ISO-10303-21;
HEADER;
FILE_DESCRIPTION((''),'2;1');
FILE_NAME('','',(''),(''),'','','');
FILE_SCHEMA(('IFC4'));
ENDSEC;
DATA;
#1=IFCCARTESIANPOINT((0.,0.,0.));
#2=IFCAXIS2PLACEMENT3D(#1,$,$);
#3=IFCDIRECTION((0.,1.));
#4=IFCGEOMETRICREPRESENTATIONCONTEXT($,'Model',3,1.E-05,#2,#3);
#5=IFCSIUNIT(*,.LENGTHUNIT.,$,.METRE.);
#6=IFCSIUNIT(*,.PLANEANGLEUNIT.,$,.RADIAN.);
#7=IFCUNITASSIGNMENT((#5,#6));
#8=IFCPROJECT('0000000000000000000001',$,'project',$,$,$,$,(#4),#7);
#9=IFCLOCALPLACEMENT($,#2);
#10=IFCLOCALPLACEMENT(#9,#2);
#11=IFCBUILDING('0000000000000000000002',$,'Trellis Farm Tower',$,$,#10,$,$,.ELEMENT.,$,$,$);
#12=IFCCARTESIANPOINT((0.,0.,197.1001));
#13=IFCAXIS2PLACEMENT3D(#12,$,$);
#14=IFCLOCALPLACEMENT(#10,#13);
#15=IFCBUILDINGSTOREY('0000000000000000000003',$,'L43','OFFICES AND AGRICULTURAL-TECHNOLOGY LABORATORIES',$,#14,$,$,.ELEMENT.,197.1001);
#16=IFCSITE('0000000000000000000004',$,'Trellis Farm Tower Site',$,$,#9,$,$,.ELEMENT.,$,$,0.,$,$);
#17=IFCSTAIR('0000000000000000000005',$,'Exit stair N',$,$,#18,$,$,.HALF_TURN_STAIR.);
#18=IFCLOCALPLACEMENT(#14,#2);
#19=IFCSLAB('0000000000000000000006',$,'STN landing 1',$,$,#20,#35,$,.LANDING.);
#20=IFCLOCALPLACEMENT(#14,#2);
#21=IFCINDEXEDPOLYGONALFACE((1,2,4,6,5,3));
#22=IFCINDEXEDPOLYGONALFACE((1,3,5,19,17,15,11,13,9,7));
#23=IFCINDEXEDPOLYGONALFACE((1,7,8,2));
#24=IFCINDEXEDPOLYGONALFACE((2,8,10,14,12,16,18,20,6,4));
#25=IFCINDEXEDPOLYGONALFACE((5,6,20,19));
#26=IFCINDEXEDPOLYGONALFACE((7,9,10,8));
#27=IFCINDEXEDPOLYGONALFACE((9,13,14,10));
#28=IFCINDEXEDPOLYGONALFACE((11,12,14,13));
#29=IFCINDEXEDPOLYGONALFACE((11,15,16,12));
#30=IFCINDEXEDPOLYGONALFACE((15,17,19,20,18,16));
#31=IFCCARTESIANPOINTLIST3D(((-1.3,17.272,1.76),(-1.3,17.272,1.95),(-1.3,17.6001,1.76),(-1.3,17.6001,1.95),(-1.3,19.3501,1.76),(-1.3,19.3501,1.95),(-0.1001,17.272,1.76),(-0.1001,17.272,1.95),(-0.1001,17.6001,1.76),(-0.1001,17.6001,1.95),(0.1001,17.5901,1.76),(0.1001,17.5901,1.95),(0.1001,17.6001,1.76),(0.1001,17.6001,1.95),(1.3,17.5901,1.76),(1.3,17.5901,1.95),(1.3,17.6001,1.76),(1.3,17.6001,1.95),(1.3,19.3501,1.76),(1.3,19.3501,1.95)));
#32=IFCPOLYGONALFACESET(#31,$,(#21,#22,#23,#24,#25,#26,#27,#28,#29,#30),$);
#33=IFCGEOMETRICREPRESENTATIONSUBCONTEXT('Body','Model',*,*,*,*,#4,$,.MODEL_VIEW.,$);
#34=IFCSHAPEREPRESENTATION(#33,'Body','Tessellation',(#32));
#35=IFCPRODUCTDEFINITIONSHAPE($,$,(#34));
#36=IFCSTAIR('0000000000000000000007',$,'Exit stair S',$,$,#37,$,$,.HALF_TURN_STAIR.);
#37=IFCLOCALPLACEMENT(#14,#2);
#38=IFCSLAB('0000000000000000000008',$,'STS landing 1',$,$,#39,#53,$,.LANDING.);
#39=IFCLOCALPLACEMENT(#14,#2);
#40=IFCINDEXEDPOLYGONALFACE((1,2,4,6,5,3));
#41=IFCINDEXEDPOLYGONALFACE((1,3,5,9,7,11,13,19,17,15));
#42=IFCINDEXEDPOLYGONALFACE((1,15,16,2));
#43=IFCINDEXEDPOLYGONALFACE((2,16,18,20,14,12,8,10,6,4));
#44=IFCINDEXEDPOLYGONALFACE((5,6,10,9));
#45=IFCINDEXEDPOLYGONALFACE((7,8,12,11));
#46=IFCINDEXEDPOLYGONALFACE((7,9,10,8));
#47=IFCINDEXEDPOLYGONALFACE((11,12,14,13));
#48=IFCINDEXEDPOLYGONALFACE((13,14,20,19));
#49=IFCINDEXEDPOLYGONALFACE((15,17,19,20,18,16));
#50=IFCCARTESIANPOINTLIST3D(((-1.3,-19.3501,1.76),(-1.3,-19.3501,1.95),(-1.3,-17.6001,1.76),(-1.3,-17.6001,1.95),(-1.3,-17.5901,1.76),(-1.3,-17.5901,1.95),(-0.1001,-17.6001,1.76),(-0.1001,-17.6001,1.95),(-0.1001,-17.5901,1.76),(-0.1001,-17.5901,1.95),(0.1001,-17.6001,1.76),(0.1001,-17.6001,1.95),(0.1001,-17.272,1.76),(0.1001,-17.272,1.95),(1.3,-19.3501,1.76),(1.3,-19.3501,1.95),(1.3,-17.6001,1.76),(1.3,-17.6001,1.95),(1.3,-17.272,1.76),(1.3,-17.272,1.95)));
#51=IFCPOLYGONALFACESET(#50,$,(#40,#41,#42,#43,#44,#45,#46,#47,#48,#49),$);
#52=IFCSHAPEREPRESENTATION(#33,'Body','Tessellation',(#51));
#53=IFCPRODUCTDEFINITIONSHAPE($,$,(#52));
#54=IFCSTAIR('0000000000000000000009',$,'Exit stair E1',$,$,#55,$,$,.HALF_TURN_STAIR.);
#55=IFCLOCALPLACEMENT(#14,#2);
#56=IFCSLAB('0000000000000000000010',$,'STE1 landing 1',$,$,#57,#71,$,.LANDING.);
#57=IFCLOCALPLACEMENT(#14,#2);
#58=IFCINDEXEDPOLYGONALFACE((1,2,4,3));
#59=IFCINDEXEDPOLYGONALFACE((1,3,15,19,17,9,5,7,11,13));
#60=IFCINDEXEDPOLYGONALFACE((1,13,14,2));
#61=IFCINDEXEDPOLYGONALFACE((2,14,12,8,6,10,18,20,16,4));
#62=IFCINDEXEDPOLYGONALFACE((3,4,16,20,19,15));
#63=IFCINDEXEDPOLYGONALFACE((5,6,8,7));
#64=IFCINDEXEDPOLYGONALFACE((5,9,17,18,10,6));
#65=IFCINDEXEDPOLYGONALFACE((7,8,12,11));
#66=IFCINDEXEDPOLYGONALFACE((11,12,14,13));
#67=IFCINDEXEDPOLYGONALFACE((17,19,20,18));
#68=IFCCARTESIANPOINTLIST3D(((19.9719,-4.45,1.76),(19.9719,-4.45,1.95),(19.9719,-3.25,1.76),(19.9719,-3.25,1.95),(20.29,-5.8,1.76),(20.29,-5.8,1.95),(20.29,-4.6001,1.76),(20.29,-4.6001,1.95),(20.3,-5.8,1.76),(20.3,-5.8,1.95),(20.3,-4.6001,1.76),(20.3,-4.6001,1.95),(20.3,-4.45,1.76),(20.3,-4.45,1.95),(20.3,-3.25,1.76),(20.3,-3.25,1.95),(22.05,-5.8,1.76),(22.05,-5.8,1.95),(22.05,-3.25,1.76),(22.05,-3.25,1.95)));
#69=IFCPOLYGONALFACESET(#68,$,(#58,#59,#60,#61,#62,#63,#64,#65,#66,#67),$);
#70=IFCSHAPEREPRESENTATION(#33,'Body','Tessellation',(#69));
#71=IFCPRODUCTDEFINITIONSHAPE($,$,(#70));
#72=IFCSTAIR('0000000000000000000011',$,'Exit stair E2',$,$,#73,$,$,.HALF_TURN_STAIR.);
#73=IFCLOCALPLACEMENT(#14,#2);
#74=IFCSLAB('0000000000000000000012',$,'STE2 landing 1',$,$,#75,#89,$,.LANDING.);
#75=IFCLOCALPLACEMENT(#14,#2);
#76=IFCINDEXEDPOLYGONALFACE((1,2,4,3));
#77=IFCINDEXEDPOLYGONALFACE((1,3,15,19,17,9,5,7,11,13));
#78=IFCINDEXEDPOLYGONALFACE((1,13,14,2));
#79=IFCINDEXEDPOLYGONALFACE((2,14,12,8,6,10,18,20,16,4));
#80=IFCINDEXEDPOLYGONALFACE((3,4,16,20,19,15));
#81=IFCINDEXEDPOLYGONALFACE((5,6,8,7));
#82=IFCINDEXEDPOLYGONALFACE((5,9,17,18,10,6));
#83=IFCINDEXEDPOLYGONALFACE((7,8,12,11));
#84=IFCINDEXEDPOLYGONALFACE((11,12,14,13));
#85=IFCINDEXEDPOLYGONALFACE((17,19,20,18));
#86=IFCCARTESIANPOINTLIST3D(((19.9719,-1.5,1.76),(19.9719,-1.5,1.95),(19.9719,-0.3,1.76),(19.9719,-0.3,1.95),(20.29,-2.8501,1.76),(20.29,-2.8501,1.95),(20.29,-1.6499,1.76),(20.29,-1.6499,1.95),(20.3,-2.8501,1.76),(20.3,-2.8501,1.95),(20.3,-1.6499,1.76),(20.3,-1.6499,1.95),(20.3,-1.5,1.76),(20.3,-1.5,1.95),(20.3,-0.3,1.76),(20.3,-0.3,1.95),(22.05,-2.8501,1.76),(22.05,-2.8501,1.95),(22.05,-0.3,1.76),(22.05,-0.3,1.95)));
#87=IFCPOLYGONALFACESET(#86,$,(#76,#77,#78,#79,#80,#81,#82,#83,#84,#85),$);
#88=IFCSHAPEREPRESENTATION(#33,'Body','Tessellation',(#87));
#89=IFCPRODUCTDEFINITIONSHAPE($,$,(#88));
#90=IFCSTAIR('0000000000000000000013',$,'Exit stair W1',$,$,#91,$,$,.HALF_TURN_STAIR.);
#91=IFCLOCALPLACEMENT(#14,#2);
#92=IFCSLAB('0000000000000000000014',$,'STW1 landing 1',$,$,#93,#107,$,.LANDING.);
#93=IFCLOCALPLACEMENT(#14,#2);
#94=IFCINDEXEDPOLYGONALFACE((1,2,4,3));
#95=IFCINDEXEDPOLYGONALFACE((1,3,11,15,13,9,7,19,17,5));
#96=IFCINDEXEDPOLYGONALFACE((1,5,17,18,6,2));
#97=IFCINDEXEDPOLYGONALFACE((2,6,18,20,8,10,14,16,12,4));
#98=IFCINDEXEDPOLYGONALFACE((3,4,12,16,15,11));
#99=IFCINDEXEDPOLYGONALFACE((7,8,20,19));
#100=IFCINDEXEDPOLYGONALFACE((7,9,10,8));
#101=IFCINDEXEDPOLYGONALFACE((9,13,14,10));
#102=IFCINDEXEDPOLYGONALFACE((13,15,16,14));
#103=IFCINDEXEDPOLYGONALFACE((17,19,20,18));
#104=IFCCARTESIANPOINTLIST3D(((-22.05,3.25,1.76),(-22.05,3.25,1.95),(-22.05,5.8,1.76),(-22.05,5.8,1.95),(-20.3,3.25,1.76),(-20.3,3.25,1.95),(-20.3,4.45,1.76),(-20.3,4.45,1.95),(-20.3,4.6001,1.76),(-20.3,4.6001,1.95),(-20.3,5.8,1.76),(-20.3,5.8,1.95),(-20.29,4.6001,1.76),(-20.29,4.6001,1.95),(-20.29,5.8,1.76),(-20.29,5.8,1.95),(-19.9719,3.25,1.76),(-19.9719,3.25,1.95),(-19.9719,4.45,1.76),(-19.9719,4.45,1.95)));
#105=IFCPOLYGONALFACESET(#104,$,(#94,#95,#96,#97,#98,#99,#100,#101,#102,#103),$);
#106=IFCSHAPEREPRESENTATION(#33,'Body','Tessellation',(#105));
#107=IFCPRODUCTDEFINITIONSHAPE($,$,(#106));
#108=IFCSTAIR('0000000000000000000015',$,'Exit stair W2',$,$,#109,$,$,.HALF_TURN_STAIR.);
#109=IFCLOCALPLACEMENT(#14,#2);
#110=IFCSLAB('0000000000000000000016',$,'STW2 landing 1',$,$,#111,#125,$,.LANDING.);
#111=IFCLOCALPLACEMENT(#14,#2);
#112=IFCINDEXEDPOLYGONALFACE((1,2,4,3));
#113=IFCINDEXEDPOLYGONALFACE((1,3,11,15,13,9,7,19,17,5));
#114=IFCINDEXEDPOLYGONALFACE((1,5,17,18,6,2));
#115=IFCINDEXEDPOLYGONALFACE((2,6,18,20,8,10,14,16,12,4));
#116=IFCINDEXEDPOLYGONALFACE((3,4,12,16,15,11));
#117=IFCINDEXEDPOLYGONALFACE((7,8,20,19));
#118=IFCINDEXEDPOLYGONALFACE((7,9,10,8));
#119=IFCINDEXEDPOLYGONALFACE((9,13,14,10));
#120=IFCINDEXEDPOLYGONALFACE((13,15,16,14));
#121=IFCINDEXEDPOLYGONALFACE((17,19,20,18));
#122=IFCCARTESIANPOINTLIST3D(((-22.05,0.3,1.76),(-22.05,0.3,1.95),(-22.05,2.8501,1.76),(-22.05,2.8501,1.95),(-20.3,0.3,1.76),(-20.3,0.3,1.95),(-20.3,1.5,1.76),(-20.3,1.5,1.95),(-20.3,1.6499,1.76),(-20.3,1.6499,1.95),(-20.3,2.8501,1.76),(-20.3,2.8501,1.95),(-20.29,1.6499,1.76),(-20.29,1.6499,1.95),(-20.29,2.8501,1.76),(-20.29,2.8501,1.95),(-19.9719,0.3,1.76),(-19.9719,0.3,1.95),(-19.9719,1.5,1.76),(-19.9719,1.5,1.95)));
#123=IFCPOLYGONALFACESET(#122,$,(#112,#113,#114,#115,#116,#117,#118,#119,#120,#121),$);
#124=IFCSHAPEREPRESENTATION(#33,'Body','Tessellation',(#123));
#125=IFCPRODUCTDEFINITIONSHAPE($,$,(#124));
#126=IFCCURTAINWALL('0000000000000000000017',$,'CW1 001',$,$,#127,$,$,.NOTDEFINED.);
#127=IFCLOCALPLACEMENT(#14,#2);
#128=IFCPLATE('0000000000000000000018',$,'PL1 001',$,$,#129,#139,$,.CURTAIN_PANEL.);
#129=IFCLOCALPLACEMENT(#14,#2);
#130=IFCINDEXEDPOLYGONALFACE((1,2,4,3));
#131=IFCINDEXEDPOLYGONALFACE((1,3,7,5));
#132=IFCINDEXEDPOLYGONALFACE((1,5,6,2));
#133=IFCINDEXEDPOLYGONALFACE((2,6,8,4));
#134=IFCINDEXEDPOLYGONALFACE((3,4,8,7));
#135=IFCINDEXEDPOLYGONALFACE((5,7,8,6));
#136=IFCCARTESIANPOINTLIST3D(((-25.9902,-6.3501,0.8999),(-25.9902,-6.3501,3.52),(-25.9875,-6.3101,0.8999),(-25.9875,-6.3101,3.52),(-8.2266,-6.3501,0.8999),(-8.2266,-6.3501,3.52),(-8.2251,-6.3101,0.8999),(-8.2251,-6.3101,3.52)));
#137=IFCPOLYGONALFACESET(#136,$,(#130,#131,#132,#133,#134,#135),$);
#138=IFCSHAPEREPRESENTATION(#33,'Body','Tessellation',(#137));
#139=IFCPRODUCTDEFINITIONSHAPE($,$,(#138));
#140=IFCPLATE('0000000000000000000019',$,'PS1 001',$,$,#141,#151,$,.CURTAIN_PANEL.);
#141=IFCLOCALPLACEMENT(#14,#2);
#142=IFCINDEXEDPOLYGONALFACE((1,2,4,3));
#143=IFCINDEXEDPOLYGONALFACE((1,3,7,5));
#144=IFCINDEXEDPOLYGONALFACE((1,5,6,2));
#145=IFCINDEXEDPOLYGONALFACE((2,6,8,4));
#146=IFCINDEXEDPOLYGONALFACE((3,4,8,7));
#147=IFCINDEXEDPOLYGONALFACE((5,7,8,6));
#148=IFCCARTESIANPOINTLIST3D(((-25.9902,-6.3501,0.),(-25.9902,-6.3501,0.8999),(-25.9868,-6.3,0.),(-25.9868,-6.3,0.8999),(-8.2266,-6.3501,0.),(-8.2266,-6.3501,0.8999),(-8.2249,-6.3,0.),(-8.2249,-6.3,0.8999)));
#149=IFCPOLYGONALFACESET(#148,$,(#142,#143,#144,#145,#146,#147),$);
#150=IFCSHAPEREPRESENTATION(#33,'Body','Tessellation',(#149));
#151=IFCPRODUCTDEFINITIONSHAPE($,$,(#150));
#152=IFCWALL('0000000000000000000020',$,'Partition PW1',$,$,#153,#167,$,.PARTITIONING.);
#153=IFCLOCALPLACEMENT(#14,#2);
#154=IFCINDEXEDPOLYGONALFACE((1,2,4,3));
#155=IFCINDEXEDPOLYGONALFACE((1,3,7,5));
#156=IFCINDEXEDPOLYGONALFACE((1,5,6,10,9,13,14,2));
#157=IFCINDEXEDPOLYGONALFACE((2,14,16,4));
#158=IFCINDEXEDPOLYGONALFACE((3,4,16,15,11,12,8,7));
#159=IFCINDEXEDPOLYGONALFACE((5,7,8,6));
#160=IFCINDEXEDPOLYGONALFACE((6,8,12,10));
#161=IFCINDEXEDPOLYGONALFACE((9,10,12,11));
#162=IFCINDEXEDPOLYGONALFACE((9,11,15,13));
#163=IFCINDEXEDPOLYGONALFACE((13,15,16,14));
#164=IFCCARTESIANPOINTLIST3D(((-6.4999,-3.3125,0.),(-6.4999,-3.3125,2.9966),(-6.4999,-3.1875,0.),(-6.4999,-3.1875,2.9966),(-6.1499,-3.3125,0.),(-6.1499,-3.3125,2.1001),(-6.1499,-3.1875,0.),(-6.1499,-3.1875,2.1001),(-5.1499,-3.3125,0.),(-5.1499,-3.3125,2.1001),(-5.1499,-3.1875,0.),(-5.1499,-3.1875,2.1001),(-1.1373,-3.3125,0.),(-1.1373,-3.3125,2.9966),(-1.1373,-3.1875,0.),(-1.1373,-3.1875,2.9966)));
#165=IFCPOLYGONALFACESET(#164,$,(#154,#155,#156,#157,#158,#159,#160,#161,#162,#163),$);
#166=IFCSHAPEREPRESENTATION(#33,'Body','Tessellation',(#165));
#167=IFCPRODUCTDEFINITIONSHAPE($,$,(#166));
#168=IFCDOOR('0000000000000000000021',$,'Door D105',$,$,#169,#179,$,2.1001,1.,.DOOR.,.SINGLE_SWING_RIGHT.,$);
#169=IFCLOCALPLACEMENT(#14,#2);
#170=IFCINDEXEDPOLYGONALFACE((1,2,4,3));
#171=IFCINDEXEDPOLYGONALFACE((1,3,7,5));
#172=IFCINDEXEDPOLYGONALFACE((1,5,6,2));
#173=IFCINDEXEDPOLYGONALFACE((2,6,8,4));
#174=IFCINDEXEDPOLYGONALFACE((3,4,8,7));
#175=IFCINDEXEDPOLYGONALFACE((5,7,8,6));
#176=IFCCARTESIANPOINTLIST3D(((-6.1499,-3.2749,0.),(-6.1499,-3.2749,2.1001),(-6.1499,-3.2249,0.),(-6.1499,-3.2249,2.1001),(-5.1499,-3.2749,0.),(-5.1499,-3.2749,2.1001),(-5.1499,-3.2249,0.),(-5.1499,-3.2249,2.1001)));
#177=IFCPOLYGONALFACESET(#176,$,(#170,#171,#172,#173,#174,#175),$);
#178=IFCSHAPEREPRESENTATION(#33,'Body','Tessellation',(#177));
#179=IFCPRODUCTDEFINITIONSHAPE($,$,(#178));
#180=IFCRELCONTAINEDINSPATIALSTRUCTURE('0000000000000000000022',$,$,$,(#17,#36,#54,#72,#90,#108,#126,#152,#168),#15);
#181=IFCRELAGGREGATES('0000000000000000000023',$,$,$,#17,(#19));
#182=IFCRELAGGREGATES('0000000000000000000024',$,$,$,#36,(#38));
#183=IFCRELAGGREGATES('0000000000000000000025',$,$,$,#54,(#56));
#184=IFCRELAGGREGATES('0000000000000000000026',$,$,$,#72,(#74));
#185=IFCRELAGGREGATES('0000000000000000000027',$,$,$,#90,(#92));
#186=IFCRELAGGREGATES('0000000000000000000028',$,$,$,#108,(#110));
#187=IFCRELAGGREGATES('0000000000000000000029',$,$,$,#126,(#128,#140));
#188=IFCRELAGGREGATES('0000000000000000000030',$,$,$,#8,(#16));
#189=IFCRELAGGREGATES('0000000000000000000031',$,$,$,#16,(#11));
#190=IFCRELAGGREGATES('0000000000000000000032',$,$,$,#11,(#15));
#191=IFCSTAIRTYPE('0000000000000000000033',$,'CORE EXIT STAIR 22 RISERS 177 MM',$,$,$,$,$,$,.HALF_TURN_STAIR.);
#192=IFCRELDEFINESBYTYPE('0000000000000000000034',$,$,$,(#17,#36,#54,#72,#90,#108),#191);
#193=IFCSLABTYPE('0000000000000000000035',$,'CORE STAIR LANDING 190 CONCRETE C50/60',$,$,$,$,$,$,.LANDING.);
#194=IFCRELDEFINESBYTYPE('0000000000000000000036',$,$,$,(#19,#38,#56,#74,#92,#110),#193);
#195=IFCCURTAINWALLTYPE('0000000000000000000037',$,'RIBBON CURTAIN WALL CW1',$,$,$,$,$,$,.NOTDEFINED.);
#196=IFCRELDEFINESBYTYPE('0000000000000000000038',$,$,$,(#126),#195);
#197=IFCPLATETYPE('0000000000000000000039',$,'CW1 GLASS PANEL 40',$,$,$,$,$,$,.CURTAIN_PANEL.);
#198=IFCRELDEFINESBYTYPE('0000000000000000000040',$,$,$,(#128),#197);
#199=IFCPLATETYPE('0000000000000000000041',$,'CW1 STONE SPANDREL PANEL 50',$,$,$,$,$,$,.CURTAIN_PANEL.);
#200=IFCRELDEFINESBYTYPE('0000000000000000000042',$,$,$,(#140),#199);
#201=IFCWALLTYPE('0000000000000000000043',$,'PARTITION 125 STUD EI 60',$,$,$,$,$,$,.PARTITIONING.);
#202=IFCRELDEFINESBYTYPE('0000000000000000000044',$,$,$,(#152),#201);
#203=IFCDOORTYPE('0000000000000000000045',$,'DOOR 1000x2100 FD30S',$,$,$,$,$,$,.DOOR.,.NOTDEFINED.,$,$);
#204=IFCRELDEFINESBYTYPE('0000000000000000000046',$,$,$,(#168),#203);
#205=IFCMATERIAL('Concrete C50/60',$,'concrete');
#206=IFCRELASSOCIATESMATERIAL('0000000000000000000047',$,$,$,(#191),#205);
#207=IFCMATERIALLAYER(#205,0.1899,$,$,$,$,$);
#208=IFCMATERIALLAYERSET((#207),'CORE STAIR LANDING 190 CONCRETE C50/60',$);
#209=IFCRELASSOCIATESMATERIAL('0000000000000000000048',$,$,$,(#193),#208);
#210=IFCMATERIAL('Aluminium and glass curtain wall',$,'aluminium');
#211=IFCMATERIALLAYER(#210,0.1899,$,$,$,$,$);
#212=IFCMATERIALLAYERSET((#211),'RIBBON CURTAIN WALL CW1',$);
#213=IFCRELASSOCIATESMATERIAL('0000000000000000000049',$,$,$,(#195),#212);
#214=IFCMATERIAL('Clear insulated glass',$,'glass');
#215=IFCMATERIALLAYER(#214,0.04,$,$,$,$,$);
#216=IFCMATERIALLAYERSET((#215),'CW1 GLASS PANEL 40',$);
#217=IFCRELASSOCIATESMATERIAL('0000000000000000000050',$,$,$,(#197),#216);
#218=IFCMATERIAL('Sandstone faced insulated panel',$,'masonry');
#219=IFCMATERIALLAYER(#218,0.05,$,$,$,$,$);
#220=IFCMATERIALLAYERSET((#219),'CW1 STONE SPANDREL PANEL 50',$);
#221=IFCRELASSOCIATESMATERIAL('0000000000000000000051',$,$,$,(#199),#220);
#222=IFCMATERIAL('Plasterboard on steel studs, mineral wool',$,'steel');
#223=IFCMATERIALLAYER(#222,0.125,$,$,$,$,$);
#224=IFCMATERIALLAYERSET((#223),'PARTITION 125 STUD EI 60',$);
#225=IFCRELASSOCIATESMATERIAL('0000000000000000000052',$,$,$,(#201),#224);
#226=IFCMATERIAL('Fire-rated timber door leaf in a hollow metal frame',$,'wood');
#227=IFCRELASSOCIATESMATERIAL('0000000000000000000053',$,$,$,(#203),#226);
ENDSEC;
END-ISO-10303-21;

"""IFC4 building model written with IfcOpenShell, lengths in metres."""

from ifc_helpers import new_model, si_unit, direction, frame, frame_2d, origin, place, context, subcontext, project, spatial, polyline, rectangle, outline, extrude, source, transform, mapped, material, layer, layer_set, type_object, element, fill, aggregate, save


model = new_model("IFC4")

# Units and contexts
model_context = context("Model", 3, precision=1e-05, world=origin(), true_north=direction((0.0, 1.0)))
body_context = subcontext(model_context, "Body", "Model", "MODEL_VIEW")
ifc_project = project(units=[si_unit("LENGTHUNIT", "METRE"), si_unit("PLANEANGLEUNIT", "RADIAN")], contexts=[model_context])

# Site, building, storey
site_placement = place(None, origin())
site = spatial("IfcSite", under=ifc_project, at=site_placement, Name="Trellis Farm Tower Site", CompositionType="ELEMENT", RefElevation=0.0)
building_placement = place(site_placement, origin())
building = spatial("IfcBuilding", under=site, at=building_placement, Name="Trellis Farm Tower", CompositionType="ELEMENT")
storey_placement = place(building_placement, frame((0.0, 0.0, 197.1001)))
storey = spatial("IfcBuildingStorey", under=building, at=storey_placement, Name="L43", Description="OFFICES AND AGRICULTURAL-TECHNOLOGY LABORATORIES", CompositionType="ELEMENT", Elevation=197.1001)

# Stairs, slabs
ifc_material_1 = material(Name="Concrete C50/60", Category="concrete")
stair_type = type_object("IfcStairType", Name="CORE EXIT STAIR 22 RISERS 177 MM", PredefinedType="HALF_TURN_STAIR", material=ifc_material_1)
placement_1 = place(storey_placement, origin())
stair_1 = element("IfcStair", 1, at=placement_1, inside=storey, type_object=stair_type, Name="Exit stair N", PredefinedType="HALF_TURN_STAIR")
ifc_layer_1 = layer(ifc_material_1, 0.1899)
ifc_layer_set_1 = layer_set([ifc_layer_1], Name="CORE STAIR LANDING 190 CONCRETE C50/60")
slab_type_1 = type_object("IfcSlabType", Name="CORE STAIR LANDING 190 CONCRETE C50/60", PredefinedType="LANDING", material=ifc_layer_set_1)
shared_shape_1 = source(origin(), body_context, "Body", "SweptSolid", [
    extrude(outline(polyline([(-0.1001, 17.272), (-1.3, 17.272), (-1.3, 17.6001), (-1.3, 19.3501), (1.3, 19.3501), (1.3, 17.6001), (1.3, 17.5901), (0.1001, 17.5901), (0.1001, 17.6001), (-0.1001, 17.6001), (-0.1001, 17.272)])), origin(), (0.0, 0.0, 1.0), 0.1899),
])
placement_2 = place(storey_placement, frame((0.0, 0.0, 1.76)))
slab_1 = element("IfcSlab", 2, at=placement_2, type_object=slab_type_1, Name="STN landing 1", PredefinedType="LANDING", context=body_context, shape_type="MappedRepresentation", body=[
    mapped(shared_shape_1, transform((0.0, 0.0, 0.0))),
])
aggregate(stair_1, [slab_1])
stair_2 = element("IfcStair", 3, at=placement_1, inside=storey, type_object=stair_type, Name="Exit stair S", PredefinedType="HALF_TURN_STAIR")
shared_shape_2 = source(origin(), body_context, "Body", "SweptSolid", [
    extrude(outline(polyline([(1.3, -19.3501), (-1.3, -19.3501), (-1.3, -17.6001), (-1.3, -17.5901), (-0.1001, -17.5901), (-0.1001, -17.6001), (0.1001, -17.6001), (0.1001, -17.272), (1.3, -17.272), (1.3, -17.6001), (1.3, -19.3501)])), origin(), (0.0, 0.0, 1.0), 0.1899),
])
slab_2 = element("IfcSlab", 4, at=placement_2, type_object=slab_type_1, Name="STS landing 1", PredefinedType="LANDING", context=body_context, shape_type="MappedRepresentation", body=[
    mapped(shared_shape_2, transform((0.0, 0.0, 0.0))),
])
aggregate(stair_2, [slab_2])
stair_3 = element("IfcStair", 5, at=placement_1, inside=storey, type_object=stair_type, Name="Exit stair E1", PredefinedType="HALF_TURN_STAIR")
shared_shape_3 = source(origin(), body_context, "Body", "SweptSolid", [
    extrude(outline(polyline([(20.29, -5.8), (20.29, -4.6001), (20.3, -4.6001), (20.3, -4.45), (19.9719, -4.45), (19.9719, -3.25), (20.3, -3.25), (22.05, -3.25), (22.05, -5.8), (20.3, -5.8), (20.29, -5.8)])), origin(), (0.0, 0.0, 1.0), 0.1899),
])
slab_3 = element("IfcSlab", 6, at=placement_2, type_object=slab_type_1, Name="STE1 landing 1", PredefinedType="LANDING", context=body_context, shape_type="MappedRepresentation", body=[
    mapped(shared_shape_3, transform((0.0, 0.0, 0.0))),
])
aggregate(stair_3, [slab_3])
stair_4 = element("IfcStair", 7, at=placement_1, inside=storey, type_object=stair_type, Name="Exit stair E2", PredefinedType="HALF_TURN_STAIR")
shared_shape_4 = source(origin(), body_context, "Body", "SweptSolid", [
    extrude(outline(polyline([(20.29, -2.8501), (20.29, -1.6499), (20.3, -1.6499), (20.3, -1.5), (19.9719, -1.5), (19.9719, -0.3), (20.3, -0.3), (22.05, -0.3), (22.05, -2.8501), (20.3, -2.8501), (20.29, -2.8501)])), origin(), (0.0, 0.0, 1.0), 0.1899),
])
slab_4 = element("IfcSlab", 8, at=placement_2, type_object=slab_type_1, Name="STE2 landing 1", PredefinedType="LANDING", context=body_context, shape_type="MappedRepresentation", body=[
    mapped(shared_shape_4, transform((0.0, 0.0, 0.0))),
])
aggregate(stair_4, [slab_4])
stair_5 = element("IfcStair", 9, at=placement_1, inside=storey, type_object=stair_type, Name="Exit stair W1", PredefinedType="HALF_TURN_STAIR")
shared_shape_5 = source(origin(), body_context, "Body", "SweptSolid", [
    extrude(outline(polyline([(-19.9719, 4.45), (-19.9719, 3.25), (-20.3, 3.25), (-22.05, 3.25), (-22.05, 5.8), (-20.3, 5.8), (-20.29, 5.8), (-20.29, 4.6001), (-20.3, 4.6001), (-20.3, 4.45), (-19.9719, 4.45)])), origin(), (0.0, 0.0, 1.0), 0.1899),
])
slab_5 = element("IfcSlab", 10, at=placement_2, type_object=slab_type_1, Name="STW1 landing 1", PredefinedType="LANDING", context=body_context, shape_type="MappedRepresentation", body=[
    mapped(shared_shape_5, transform((0.0, 0.0, 0.0))),
])
aggregate(stair_5, [slab_5])
stair_6 = element("IfcStair", 11, at=placement_1, inside=storey, type_object=stair_type, Name="Exit stair W2", PredefinedType="HALF_TURN_STAIR")
shared_shape_6 = source(origin(), body_context, "Body", "SweptSolid", [
    extrude(outline(polyline([(-19.9719, 1.5), (-19.9719, 0.3), (-20.3, 0.3), (-22.05, 0.3), (-22.05, 2.8501), (-20.3, 2.8501), (-20.29, 2.8501), (-20.29, 1.6499), (-20.3, 1.6499), (-20.3, 1.5), (-19.9719, 1.5)])), origin(), (0.0, 0.0, 1.0), 0.1899),
])
slab_6 = element("IfcSlab", 12, at=placement_2, type_object=slab_type_1, Name="STW2 landing 1", PredefinedType="LANDING", context=body_context, shape_type="MappedRepresentation", body=[
    mapped(shared_shape_6, transform((0.0, 0.0, 0.0))),
])
aggregate(stair_6, [slab_6])

# Curtain wall, plates
ifc_material_2 = material(Name="Aluminium and glass curtain wall", Category="aluminium")
ifc_layer_2 = layer(ifc_material_2, 0.1899)
ifc_layer_set_2 = layer_set([ifc_layer_2], Name="RIBBON CURTAIN WALL CW1")
curtain_wall_type = type_object("IfcCurtainWallType", Name="RIBBON CURTAIN WALL CW1", PredefinedType="NOTDEFINED", material=ifc_layer_set_2)
curtain_wall = element("IfcCurtainWall", 13, at=placement_1, inside=storey, type_object=curtain_wall_type, Name="CW1 001", PredefinedType="NOTDEFINED")
ifc_material_3 = material(Name="Clear insulated glass", Category="glass")
ifc_layer_3 = layer(ifc_material_3, 0.04)
ifc_layer_set_3 = layer_set([ifc_layer_3], Name="CW1 GLASS PANEL 40")
plate_type_1 = type_object("IfcPlateType", Name="CW1 GLASS PANEL 40", PredefinedType="CURTAIN_PANEL", material=ifc_layer_set_3)
shared_shape_7 = source(origin(), body_context, "Body", "SweptSolid", [
    extrude(outline(polyline([(-25.9902, -6.3501), (-8.2266, -6.3501), (-8.2251, -6.3101), (-25.9875, -6.3101), (-25.9902, -6.3501)])), origin(), (0.0, 0.0, 1.0), 2.6201),
])
plate_1_placement = place(storey_placement, frame((0.0, 0.0, 0.8999)))
plate_1 = element("IfcPlate", 14, at=plate_1_placement, type_object=plate_type_1, Name="PL1 001", PredefinedType="CURTAIN_PANEL", context=body_context, shape_type="MappedRepresentation", body=[
    mapped(shared_shape_7, transform((0.0, 0.0, 0.0))),
])
ifc_material_4 = material(Name="Sandstone faced insulated panel", Category="masonry")
ifc_layer_4 = layer(ifc_material_4, 0.05)
ifc_layer_set_4 = layer_set([ifc_layer_4], Name="CW1 STONE SPANDREL PANEL 50")
plate_type_2 = type_object("IfcPlateType", Name="CW1 STONE SPANDREL PANEL 50", PredefinedType="CURTAIN_PANEL", material=ifc_layer_set_4)
shared_shape_8 = source(origin(), body_context, "Body", "SweptSolid", [
    extrude(outline(polyline([(-25.9902, -6.3501), (-8.2266, -6.3501), (-8.2249, -6.3), (-25.9868, -6.3), (-25.9902, -6.3501)])), origin(), (0.0, 0.0, 1.0), 0.8999),
])
plate_2 = element("IfcPlate", 15, at=placement_1, type_object=plate_type_2, Name="PS1 001", PredefinedType="CURTAIN_PANEL", context=body_context, shape_type="MappedRepresentation", body=[
    mapped(shared_shape_8, transform((0.0, 0.0, 0.0))),
])
aggregate(curtain_wall, [plate_1, plate_2])

# Wall, opening, door
ifc_material_5 = material(Name="Plasterboard on steel studs, mineral wool", Category="steel")
ifc_layer_5 = layer(ifc_material_5, 0.125)
ifc_layer_set_5 = layer_set([ifc_layer_5], Name="PARTITION 125 STUD EI 60")
wall_type = type_object("IfcWallType", Name="PARTITION 125 STUD EI 60", PredefinedType="PARTITIONING", material=ifc_layer_set_5)
shared_shape_9 = source(origin(), body_context, "Body", "SweptSolid", [
    extrude(rectangle(XDim=5.3625, YDim=0.125, at=frame_2d((2.6812, 0.0))), origin(), (0.0, 0.0, 1.0), 2.9966),
])
wall_1_placement = place(storey_placement, frame((-1.1375, -3.25, 0.0), z_axis=(0.0, 0.0, 1.0), x_axis=(-1.0, 0.0, 0.0)))
wall_1 = element("IfcWall", 16, at=wall_1_placement, inside=storey, type_object=wall_type, Name="Partition PW1", PredefinedType="PARTITIONING", context=body_context, shape_type="MappedRepresentation", body=[
    mapped(shared_shape_9, transform((0.0, 0.0, 0.0))),
])
shared_shape_10 = source(origin(), body_context, "Body", "SweptSolid", [
    extrude(rectangle(XDim=1.0, YDim=2.1001, at=frame_2d((0.5, 1.05))), frame((0.0, 0.0725, 0.0), z_axis=(0.0, -1.0, 0.0), x_axis=(1.0, 0.0, 0.0)), (0.0, 0.0, 1.0), 0.145),
])
opening_1_placement = place(wall_1_placement, frame((4.0125, 0.0, 0.0)))
opening_1 = element("IfcOpeningElement", 17, at=opening_1_placement, cuts=wall_1, PredefinedType="OPENING", context=body_context, shape_type="MappedRepresentation", body=[
    mapped(shared_shape_10, transform((0.0, 0.0, 0.0))),
])
ifc_material_6 = material(Name="Fire-rated timber door leaf in a hollow metal frame", Category="wood")
door_type = type_object("IfcDoorType", Name="DOOR 1000x2100 FD30S", OperationType="NOTDEFINED", PredefinedType="DOOR", material=ifc_material_6)
shared_shape_11 = source(origin(), body_context, "Body", "SweptSolid", [
    extrude(rectangle(XDim=1.0, YDim=2.1001, at=frame_2d((0.5, 1.05))), frame((0.0, 0.0249, 0.0), z_axis=(0.0, -1.0, 0.0), x_axis=(1.0, 0.0, 0.0)), (0.0, 0.0, 1.0), 0.05),
])
door_1_placement = place(opening_1_placement, origin())
door_1 = element("IfcDoor", 18, at=door_1_placement, inside=storey, type_object=door_type, Name="Door D105", OperationType="SINGLE_SWING_RIGHT", OverallHeight=2.1001, OverallWidth=1.0, PredefinedType="DOOR", context=body_context, shape_type="MappedRepresentation", body=[
    mapped(shared_shape_11, transform((0.0, 0.0, 0.0))),
])
fill(opening_1, door_1)

save(model, "model.ifc")
